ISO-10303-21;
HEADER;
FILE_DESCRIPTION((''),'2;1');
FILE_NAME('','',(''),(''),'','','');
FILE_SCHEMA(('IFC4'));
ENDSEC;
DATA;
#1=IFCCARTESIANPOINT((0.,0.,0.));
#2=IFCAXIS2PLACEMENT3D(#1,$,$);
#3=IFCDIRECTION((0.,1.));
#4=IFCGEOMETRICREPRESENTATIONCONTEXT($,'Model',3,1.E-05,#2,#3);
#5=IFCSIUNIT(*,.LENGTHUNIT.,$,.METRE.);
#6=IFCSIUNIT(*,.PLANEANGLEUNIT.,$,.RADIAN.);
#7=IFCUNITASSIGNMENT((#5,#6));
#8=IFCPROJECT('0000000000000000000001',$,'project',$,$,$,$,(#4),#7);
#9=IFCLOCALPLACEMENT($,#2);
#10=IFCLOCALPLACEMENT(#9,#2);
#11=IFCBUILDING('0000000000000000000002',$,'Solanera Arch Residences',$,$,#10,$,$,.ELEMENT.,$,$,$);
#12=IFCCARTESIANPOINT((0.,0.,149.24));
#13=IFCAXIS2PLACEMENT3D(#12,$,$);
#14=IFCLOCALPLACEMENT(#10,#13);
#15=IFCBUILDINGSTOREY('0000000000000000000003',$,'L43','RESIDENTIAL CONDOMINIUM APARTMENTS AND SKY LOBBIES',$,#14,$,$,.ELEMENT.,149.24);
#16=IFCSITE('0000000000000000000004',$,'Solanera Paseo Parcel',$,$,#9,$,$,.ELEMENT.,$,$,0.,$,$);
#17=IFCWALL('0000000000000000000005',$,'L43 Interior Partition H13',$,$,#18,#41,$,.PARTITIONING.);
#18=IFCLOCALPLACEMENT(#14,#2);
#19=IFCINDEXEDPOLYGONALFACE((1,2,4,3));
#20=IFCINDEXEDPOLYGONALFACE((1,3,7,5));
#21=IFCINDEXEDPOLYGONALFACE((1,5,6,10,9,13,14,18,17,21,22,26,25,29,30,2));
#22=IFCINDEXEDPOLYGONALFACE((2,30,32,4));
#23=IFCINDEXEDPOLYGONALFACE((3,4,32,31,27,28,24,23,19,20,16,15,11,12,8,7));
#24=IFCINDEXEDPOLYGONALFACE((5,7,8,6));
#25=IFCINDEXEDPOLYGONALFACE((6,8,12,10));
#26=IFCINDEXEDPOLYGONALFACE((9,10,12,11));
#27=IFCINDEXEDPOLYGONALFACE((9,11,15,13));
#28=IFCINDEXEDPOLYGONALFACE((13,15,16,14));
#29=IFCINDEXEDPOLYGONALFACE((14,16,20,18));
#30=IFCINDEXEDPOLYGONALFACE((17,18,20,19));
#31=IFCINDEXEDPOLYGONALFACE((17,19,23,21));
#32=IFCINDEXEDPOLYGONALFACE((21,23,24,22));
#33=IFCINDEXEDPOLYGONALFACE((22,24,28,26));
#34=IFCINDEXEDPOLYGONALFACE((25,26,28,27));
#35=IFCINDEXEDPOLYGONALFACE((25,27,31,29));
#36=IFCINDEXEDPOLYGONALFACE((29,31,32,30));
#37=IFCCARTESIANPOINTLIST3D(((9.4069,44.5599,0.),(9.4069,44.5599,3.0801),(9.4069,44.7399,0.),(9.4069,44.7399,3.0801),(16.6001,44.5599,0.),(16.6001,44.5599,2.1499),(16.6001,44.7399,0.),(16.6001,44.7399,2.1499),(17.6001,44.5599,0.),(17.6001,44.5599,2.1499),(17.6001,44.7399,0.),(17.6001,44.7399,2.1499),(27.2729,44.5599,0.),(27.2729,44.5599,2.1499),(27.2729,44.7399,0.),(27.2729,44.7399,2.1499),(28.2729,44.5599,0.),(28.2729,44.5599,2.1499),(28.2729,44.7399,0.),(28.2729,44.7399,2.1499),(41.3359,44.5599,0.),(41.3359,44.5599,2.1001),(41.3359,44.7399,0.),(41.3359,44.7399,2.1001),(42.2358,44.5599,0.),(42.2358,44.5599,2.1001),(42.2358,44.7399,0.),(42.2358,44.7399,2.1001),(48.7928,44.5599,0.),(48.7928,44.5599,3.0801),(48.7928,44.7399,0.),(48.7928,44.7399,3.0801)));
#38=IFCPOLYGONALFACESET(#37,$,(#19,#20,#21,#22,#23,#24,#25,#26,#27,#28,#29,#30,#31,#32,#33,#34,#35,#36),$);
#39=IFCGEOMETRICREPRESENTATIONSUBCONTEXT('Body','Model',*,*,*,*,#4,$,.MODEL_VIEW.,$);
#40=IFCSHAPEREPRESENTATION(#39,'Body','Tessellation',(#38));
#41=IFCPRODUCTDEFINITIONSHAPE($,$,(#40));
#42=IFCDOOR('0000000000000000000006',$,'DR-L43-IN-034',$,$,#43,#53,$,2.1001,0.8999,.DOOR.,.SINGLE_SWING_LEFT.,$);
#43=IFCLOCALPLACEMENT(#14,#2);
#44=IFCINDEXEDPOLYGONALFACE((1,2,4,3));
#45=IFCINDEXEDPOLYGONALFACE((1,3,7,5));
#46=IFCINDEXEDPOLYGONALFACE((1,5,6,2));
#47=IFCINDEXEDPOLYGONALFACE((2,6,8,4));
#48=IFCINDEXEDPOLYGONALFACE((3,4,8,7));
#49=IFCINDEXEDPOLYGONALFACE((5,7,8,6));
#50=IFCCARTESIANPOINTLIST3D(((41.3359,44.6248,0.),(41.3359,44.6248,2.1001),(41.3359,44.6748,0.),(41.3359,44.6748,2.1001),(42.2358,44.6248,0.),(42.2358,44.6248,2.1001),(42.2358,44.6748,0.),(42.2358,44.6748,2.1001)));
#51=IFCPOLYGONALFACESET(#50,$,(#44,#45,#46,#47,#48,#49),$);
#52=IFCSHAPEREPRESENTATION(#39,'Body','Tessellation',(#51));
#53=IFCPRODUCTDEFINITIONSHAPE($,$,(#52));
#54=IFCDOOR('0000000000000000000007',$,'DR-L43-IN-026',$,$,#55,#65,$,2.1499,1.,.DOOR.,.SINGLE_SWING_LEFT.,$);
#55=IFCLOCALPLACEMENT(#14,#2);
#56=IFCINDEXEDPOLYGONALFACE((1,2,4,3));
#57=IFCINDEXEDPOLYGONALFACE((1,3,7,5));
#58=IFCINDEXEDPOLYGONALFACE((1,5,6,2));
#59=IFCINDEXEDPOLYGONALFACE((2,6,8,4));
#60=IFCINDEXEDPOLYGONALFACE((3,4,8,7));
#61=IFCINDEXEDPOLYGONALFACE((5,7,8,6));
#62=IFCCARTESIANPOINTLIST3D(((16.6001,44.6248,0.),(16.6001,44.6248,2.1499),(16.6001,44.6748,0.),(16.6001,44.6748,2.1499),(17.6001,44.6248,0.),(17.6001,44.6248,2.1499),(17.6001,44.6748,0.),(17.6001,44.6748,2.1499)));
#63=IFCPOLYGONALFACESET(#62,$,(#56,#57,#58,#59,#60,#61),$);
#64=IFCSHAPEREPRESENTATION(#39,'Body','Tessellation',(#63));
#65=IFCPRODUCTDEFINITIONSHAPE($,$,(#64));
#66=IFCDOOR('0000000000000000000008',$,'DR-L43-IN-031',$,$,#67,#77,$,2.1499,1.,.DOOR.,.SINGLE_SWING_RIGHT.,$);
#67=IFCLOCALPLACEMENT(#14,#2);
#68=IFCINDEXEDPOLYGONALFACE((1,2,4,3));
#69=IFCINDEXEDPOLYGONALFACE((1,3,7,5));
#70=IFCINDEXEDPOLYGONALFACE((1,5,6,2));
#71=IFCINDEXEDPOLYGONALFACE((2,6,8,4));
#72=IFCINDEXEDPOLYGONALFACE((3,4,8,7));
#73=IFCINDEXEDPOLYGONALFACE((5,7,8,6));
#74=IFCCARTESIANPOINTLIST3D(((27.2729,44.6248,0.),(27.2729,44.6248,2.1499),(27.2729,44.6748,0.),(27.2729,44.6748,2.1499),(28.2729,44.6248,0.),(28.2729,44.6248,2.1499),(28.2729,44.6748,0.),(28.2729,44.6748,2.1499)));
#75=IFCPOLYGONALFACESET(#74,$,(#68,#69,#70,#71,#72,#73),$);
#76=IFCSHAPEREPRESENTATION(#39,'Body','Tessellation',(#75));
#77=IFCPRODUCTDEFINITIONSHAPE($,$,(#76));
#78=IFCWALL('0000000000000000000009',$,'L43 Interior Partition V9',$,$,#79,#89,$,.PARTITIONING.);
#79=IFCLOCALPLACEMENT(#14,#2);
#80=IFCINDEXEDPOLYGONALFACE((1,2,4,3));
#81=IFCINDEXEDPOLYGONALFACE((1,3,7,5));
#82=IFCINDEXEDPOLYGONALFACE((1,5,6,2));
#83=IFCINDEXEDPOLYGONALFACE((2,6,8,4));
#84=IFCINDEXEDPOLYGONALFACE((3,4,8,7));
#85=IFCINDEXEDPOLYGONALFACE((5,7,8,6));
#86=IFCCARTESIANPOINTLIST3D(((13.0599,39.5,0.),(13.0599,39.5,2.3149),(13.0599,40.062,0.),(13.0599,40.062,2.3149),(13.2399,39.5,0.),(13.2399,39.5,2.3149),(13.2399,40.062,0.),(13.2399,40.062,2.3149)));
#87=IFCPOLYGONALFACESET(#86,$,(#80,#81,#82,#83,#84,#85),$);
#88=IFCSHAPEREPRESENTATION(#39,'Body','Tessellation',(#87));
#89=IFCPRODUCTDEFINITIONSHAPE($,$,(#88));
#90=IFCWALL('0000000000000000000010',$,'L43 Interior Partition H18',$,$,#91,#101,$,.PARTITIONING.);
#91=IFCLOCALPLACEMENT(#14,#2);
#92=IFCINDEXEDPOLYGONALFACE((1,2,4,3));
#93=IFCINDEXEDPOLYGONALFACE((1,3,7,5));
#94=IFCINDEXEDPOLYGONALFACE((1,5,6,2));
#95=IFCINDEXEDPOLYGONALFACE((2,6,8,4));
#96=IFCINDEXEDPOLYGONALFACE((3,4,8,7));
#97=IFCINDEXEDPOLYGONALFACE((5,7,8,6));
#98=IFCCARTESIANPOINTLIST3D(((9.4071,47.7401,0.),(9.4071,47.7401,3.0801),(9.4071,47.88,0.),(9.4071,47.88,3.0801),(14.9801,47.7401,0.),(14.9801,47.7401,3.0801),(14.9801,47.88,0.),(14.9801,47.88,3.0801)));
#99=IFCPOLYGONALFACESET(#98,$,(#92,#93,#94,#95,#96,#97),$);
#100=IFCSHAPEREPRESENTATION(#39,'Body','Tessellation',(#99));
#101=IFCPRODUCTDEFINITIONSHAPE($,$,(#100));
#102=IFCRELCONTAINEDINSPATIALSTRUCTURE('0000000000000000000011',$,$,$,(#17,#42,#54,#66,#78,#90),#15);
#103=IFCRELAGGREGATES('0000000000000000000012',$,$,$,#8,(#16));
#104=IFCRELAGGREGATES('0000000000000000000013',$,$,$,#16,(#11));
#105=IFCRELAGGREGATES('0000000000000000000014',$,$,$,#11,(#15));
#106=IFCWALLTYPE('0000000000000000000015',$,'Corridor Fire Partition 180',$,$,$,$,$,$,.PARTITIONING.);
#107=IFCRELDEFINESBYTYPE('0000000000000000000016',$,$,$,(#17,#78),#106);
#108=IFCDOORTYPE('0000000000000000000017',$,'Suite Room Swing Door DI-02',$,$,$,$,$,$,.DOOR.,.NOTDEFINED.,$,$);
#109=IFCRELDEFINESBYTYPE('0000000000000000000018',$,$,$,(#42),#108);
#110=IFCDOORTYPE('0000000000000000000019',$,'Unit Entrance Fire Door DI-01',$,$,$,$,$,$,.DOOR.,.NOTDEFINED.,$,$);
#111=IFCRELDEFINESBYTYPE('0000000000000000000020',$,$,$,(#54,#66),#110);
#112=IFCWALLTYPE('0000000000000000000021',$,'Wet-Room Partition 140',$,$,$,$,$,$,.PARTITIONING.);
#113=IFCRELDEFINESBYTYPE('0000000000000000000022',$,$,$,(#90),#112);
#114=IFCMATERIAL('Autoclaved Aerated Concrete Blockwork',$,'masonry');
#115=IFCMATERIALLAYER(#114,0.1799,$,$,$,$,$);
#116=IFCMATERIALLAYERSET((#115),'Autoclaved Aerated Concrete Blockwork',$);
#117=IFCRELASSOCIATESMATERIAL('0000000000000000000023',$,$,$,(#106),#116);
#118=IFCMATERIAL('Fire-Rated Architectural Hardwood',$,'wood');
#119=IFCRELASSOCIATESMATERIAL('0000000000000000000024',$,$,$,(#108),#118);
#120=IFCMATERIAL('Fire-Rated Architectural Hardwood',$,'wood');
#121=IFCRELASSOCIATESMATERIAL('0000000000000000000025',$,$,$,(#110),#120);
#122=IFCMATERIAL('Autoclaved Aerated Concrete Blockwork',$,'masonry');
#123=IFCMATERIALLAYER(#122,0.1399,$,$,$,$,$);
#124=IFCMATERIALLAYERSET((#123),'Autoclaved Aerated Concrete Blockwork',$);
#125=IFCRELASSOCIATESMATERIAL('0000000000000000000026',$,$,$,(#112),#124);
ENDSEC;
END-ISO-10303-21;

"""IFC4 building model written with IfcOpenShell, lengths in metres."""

from ifc_helpers import new_model, si_unit, direction, frame, frame_2d, origin, place, context, subcontext, project, spatial, rectangle, extrude, material, layer, layer_set, type_object, element, fill, save


model = new_model("IFC4")

# Units and contexts
model_context = context("Model", 3, precision=1e-05, world=origin(), true_north=direction((0.0, 1.0)))
body_context = subcontext(model_context, "Body", "Model", "MODEL_VIEW")
ifc_project = project(units=[si_unit("LENGTHUNIT", "METRE"), si_unit("PLANEANGLEUNIT", "RADIAN")], contexts=[model_context])

# Site, building, storey
site_placement = place(None, origin())
site = spatial("IfcSite", under=ifc_project, at=site_placement, Name="Solanera Paseo Parcel", CompositionType="ELEMENT", RefElevation=0.0)
building_placement = place(site_placement, origin())
building = spatial("IfcBuilding", under=site, at=building_placement, Name="Solanera Arch Residences", CompositionType="ELEMENT")
storey_placement = place(building_placement, frame((0.0, 0.0, 149.24)))
storey = spatial("IfcBuildingStorey", under=building, at=storey_placement, Name="L43", Description="RESIDENTIAL CONDOMINIUM APARTMENTS AND SKY LOBBIES", CompositionType="ELEMENT", Elevation=149.24)

# Wall, openings, doors
ifc_material_1 = material(Name="Autoclaved Aerated Concrete Blockwork", Category="masonry")
ifc_layer_1 = layer(ifc_material_1, 0.1799)
ifc_layer_set_1 = layer_set([ifc_layer_1], Name="Autoclaved Aerated Concrete Blockwork")
wall_type_1 = type_object("IfcWallType", Name="Corridor Fire Partition 180", PredefinedType="PARTITIONING", material=ifc_layer_set_1)
wall_1_placement = place(storey_placement, frame((9.407, 44.6499, 0.0), z_axis=(0.0, 0.0, 1.0), x_axis=(1.0, 0.0, 0.0)))
wall_1 = element("IfcWall", 1, at=wall_1_placement, inside=storey, type_object=wall_type_1, Name="L43 Interior Partition H13", PredefinedType="PARTITIONING", context=body_context, shape_type="SweptSolid", body=[
    extrude(rectangle(XDim=39.386, YDim=0.1799, at=frame_2d((19.6929, 0.0))), origin(), (0.0, 0.0, 1.0), 3.0801),
])
opening_1_placement = place(wall_1_placement, frame((7.1931, 0.0, 0.0)))
opening_1 = element("IfcOpeningElement", 2, at=opening_1_placement, cuts=wall_1, PredefinedType="OPENING", context=body_context, shape_type="SweptSolid", body=[
    extrude(rectangle(XDim=1.0, YDim=2.1499, at=frame_2d((0.5, 1.075))), frame((0.0, 0.1001, 0.0), z_axis=(0.0, -1.0, 0.0), x_axis=(1.0, 0.0, 0.0)), (0.0, 0.0, 1.0), 0.1999),
])
opening_2_placement = place(wall_1_placement, frame((17.866, 0.0, 0.0)))
opening_2 = element("IfcOpeningElement", 3, at=opening_2_placement, cuts=wall_1, PredefinedType="OPENING", context=body_context, shape_type="SweptSolid", body=[
    extrude(rectangle(XDim=1.0, YDim=2.1499, at=frame_2d((0.5, 1.075))), frame((0.0, 0.1001, 0.0), z_axis=(0.0, -1.0, 0.0), x_axis=(1.0, 0.0, 0.0)), (0.0, 0.0, 1.0), 0.1999),
])
opening_3_placement = place(wall_1_placement, frame((31.929, 0.0, 0.0)))
opening_3 = element("IfcOpeningElement", 4, at=opening_3_placement, cuts=wall_1, PredefinedType="OPENING", context=body_context, shape_type="SweptSolid", body=[
    extrude(rectangle(XDim=0.8999, YDim=2.1001, at=frame_2d((0.45, 1.05))), frame((0.0, 0.1001, 0.0), z_axis=(0.0, -1.0, 0.0), x_axis=(1.0, 0.0, 0.0)), (0.0, 0.0, 1.0), 0.1999),
])
ifc_material_2 = material(Name="Fire-Rated Architectural Hardwood", Category="wood")
door_type_1 = type_object("IfcDoorType", Name="Suite Room Swing Door DI-02", OperationType="NOTDEFINED", PredefinedType="DOOR", material=ifc_material_2)
door_1_placement = place(opening_3_placement, origin())
door_1 = element("IfcDoor", 5, at=door_1_placement, inside=storey, type_object=door_type_1, Name="DR-L43-IN-034", OperationType="SINGLE_SWING_LEFT", OverallHeight=2.1001, OverallWidth=0.8999, PredefinedType="DOOR", context=body_context, shape_type="SweptSolid", body=[
    extrude(rectangle(XDim=0.8999, YDim=2.1001, at=frame_2d((0.45, 1.05))), frame((0.0, 0.0249, 0.0), z_axis=(0.0, -1.0, 0.0), x_axis=(1.0, 0.0, 0.0)), (0.0, 0.0, 1.0), 0.05),
])
fill(opening_3, door_1)
ifc_material_3 = material(Name="Fire-Rated Architectural Hardwood", Category="wood")
door_type_2 = type_object("IfcDoorType", Name="Unit Entrance Fire Door DI-01", OperationType="NOTDEFINED", PredefinedType="DOOR", material=ifc_material_3)
door_2_placement = place(opening_1_placement, origin())
door_2 = element("IfcDoor", 6, at=door_2_placement, inside=storey, type_object=door_type_2, Name="DR-L43-IN-026", OperationType="SINGLE_SWING_LEFT", OverallHeight=2.1499, OverallWidth=1.0, PredefinedType="DOOR", context=body_context, shape_type="SweptSolid", body=[
    extrude(rectangle(XDim=1.0, YDim=2.1499, at=frame_2d((0.5, 1.075))), frame((0.0, 0.0249, 0.0), z_axis=(0.0, -1.0, 0.0), x_axis=(1.0, 0.0, 0.0)), (0.0, 0.0, 1.0), 0.05),
])
fill(opening_1, door_2)
door_3_placement = place(opening_2_placement, origin())
door_3 = element("IfcDoor", 7, at=door_3_placement, inside=storey, type_object=door_type_2, Name="DR-L43-IN-031", OperationType="SINGLE_SWING_RIGHT", OverallHeight=2.1499, OverallWidth=1.0, PredefinedType="DOOR", context=body_context, shape_type="SweptSolid", body=[
    extrude(rectangle(XDim=1.0, YDim=2.1499, at=frame_2d((0.5, 1.075))), frame((0.0, 0.0249, 0.0), z_axis=(0.0, -1.0, 0.0), x_axis=(1.0, 0.0, 0.0)), (0.0, 0.0, 1.0), 0.05),
])
fill(opening_2, door_3)

# Walls
wall_2_placement = place(storey_placement, frame((13.1499, 39.5, 0.0), z_axis=(0.0, 0.0, 1.0), x_axis=(0.0, 1.0, 0.0)))
element("IfcWall", 8, at=wall_2_placement, inside=storey, type_object=wall_type_1, Name="L43 Interior Partition V9", PredefinedType="PARTITIONING", context=body_context, shape_type="SweptSolid", body=[
    extrude(rectangle(XDim=0.562, YDim=0.1799, at=frame_2d((0.281, 0.0))), origin(), (0.0, 0.0, 1.0), 2.3149),
])
ifc_material_4 = material(Name="Autoclaved Aerated Concrete Blockwork", Category="masonry")
ifc_layer_2 = layer(ifc_material_4, 0.1399)
ifc_layer_set_2 = layer_set([ifc_layer_2], Name="Autoclaved Aerated Concrete Blockwork")
wall_type_2 = type_object("IfcWallType", Name="Wet-Room Partition 140", PredefinedType="PARTITIONING", material=ifc_layer_set_2)
wall_3_placement = place(storey_placement, frame((9.407, 47.8101, 0.0), z_axis=(0.0, 0.0, 1.0), x_axis=(1.0, 0.0, 0.0)))
element("IfcWall", 9, at=wall_3_placement, inside=storey, type_object=wall_type_2, Name="L43 Interior Partition H18", PredefinedType="PARTITIONING", context=body_context, shape_type="SweptSolid", body=[
    extrude(rectangle(XDim=5.573, YDim=0.1399, at=frame_2d((2.7866, 0.0))), origin(), (0.0, 0.0, 1.0), 3.0801),
])

save(model, "model.ifc")
